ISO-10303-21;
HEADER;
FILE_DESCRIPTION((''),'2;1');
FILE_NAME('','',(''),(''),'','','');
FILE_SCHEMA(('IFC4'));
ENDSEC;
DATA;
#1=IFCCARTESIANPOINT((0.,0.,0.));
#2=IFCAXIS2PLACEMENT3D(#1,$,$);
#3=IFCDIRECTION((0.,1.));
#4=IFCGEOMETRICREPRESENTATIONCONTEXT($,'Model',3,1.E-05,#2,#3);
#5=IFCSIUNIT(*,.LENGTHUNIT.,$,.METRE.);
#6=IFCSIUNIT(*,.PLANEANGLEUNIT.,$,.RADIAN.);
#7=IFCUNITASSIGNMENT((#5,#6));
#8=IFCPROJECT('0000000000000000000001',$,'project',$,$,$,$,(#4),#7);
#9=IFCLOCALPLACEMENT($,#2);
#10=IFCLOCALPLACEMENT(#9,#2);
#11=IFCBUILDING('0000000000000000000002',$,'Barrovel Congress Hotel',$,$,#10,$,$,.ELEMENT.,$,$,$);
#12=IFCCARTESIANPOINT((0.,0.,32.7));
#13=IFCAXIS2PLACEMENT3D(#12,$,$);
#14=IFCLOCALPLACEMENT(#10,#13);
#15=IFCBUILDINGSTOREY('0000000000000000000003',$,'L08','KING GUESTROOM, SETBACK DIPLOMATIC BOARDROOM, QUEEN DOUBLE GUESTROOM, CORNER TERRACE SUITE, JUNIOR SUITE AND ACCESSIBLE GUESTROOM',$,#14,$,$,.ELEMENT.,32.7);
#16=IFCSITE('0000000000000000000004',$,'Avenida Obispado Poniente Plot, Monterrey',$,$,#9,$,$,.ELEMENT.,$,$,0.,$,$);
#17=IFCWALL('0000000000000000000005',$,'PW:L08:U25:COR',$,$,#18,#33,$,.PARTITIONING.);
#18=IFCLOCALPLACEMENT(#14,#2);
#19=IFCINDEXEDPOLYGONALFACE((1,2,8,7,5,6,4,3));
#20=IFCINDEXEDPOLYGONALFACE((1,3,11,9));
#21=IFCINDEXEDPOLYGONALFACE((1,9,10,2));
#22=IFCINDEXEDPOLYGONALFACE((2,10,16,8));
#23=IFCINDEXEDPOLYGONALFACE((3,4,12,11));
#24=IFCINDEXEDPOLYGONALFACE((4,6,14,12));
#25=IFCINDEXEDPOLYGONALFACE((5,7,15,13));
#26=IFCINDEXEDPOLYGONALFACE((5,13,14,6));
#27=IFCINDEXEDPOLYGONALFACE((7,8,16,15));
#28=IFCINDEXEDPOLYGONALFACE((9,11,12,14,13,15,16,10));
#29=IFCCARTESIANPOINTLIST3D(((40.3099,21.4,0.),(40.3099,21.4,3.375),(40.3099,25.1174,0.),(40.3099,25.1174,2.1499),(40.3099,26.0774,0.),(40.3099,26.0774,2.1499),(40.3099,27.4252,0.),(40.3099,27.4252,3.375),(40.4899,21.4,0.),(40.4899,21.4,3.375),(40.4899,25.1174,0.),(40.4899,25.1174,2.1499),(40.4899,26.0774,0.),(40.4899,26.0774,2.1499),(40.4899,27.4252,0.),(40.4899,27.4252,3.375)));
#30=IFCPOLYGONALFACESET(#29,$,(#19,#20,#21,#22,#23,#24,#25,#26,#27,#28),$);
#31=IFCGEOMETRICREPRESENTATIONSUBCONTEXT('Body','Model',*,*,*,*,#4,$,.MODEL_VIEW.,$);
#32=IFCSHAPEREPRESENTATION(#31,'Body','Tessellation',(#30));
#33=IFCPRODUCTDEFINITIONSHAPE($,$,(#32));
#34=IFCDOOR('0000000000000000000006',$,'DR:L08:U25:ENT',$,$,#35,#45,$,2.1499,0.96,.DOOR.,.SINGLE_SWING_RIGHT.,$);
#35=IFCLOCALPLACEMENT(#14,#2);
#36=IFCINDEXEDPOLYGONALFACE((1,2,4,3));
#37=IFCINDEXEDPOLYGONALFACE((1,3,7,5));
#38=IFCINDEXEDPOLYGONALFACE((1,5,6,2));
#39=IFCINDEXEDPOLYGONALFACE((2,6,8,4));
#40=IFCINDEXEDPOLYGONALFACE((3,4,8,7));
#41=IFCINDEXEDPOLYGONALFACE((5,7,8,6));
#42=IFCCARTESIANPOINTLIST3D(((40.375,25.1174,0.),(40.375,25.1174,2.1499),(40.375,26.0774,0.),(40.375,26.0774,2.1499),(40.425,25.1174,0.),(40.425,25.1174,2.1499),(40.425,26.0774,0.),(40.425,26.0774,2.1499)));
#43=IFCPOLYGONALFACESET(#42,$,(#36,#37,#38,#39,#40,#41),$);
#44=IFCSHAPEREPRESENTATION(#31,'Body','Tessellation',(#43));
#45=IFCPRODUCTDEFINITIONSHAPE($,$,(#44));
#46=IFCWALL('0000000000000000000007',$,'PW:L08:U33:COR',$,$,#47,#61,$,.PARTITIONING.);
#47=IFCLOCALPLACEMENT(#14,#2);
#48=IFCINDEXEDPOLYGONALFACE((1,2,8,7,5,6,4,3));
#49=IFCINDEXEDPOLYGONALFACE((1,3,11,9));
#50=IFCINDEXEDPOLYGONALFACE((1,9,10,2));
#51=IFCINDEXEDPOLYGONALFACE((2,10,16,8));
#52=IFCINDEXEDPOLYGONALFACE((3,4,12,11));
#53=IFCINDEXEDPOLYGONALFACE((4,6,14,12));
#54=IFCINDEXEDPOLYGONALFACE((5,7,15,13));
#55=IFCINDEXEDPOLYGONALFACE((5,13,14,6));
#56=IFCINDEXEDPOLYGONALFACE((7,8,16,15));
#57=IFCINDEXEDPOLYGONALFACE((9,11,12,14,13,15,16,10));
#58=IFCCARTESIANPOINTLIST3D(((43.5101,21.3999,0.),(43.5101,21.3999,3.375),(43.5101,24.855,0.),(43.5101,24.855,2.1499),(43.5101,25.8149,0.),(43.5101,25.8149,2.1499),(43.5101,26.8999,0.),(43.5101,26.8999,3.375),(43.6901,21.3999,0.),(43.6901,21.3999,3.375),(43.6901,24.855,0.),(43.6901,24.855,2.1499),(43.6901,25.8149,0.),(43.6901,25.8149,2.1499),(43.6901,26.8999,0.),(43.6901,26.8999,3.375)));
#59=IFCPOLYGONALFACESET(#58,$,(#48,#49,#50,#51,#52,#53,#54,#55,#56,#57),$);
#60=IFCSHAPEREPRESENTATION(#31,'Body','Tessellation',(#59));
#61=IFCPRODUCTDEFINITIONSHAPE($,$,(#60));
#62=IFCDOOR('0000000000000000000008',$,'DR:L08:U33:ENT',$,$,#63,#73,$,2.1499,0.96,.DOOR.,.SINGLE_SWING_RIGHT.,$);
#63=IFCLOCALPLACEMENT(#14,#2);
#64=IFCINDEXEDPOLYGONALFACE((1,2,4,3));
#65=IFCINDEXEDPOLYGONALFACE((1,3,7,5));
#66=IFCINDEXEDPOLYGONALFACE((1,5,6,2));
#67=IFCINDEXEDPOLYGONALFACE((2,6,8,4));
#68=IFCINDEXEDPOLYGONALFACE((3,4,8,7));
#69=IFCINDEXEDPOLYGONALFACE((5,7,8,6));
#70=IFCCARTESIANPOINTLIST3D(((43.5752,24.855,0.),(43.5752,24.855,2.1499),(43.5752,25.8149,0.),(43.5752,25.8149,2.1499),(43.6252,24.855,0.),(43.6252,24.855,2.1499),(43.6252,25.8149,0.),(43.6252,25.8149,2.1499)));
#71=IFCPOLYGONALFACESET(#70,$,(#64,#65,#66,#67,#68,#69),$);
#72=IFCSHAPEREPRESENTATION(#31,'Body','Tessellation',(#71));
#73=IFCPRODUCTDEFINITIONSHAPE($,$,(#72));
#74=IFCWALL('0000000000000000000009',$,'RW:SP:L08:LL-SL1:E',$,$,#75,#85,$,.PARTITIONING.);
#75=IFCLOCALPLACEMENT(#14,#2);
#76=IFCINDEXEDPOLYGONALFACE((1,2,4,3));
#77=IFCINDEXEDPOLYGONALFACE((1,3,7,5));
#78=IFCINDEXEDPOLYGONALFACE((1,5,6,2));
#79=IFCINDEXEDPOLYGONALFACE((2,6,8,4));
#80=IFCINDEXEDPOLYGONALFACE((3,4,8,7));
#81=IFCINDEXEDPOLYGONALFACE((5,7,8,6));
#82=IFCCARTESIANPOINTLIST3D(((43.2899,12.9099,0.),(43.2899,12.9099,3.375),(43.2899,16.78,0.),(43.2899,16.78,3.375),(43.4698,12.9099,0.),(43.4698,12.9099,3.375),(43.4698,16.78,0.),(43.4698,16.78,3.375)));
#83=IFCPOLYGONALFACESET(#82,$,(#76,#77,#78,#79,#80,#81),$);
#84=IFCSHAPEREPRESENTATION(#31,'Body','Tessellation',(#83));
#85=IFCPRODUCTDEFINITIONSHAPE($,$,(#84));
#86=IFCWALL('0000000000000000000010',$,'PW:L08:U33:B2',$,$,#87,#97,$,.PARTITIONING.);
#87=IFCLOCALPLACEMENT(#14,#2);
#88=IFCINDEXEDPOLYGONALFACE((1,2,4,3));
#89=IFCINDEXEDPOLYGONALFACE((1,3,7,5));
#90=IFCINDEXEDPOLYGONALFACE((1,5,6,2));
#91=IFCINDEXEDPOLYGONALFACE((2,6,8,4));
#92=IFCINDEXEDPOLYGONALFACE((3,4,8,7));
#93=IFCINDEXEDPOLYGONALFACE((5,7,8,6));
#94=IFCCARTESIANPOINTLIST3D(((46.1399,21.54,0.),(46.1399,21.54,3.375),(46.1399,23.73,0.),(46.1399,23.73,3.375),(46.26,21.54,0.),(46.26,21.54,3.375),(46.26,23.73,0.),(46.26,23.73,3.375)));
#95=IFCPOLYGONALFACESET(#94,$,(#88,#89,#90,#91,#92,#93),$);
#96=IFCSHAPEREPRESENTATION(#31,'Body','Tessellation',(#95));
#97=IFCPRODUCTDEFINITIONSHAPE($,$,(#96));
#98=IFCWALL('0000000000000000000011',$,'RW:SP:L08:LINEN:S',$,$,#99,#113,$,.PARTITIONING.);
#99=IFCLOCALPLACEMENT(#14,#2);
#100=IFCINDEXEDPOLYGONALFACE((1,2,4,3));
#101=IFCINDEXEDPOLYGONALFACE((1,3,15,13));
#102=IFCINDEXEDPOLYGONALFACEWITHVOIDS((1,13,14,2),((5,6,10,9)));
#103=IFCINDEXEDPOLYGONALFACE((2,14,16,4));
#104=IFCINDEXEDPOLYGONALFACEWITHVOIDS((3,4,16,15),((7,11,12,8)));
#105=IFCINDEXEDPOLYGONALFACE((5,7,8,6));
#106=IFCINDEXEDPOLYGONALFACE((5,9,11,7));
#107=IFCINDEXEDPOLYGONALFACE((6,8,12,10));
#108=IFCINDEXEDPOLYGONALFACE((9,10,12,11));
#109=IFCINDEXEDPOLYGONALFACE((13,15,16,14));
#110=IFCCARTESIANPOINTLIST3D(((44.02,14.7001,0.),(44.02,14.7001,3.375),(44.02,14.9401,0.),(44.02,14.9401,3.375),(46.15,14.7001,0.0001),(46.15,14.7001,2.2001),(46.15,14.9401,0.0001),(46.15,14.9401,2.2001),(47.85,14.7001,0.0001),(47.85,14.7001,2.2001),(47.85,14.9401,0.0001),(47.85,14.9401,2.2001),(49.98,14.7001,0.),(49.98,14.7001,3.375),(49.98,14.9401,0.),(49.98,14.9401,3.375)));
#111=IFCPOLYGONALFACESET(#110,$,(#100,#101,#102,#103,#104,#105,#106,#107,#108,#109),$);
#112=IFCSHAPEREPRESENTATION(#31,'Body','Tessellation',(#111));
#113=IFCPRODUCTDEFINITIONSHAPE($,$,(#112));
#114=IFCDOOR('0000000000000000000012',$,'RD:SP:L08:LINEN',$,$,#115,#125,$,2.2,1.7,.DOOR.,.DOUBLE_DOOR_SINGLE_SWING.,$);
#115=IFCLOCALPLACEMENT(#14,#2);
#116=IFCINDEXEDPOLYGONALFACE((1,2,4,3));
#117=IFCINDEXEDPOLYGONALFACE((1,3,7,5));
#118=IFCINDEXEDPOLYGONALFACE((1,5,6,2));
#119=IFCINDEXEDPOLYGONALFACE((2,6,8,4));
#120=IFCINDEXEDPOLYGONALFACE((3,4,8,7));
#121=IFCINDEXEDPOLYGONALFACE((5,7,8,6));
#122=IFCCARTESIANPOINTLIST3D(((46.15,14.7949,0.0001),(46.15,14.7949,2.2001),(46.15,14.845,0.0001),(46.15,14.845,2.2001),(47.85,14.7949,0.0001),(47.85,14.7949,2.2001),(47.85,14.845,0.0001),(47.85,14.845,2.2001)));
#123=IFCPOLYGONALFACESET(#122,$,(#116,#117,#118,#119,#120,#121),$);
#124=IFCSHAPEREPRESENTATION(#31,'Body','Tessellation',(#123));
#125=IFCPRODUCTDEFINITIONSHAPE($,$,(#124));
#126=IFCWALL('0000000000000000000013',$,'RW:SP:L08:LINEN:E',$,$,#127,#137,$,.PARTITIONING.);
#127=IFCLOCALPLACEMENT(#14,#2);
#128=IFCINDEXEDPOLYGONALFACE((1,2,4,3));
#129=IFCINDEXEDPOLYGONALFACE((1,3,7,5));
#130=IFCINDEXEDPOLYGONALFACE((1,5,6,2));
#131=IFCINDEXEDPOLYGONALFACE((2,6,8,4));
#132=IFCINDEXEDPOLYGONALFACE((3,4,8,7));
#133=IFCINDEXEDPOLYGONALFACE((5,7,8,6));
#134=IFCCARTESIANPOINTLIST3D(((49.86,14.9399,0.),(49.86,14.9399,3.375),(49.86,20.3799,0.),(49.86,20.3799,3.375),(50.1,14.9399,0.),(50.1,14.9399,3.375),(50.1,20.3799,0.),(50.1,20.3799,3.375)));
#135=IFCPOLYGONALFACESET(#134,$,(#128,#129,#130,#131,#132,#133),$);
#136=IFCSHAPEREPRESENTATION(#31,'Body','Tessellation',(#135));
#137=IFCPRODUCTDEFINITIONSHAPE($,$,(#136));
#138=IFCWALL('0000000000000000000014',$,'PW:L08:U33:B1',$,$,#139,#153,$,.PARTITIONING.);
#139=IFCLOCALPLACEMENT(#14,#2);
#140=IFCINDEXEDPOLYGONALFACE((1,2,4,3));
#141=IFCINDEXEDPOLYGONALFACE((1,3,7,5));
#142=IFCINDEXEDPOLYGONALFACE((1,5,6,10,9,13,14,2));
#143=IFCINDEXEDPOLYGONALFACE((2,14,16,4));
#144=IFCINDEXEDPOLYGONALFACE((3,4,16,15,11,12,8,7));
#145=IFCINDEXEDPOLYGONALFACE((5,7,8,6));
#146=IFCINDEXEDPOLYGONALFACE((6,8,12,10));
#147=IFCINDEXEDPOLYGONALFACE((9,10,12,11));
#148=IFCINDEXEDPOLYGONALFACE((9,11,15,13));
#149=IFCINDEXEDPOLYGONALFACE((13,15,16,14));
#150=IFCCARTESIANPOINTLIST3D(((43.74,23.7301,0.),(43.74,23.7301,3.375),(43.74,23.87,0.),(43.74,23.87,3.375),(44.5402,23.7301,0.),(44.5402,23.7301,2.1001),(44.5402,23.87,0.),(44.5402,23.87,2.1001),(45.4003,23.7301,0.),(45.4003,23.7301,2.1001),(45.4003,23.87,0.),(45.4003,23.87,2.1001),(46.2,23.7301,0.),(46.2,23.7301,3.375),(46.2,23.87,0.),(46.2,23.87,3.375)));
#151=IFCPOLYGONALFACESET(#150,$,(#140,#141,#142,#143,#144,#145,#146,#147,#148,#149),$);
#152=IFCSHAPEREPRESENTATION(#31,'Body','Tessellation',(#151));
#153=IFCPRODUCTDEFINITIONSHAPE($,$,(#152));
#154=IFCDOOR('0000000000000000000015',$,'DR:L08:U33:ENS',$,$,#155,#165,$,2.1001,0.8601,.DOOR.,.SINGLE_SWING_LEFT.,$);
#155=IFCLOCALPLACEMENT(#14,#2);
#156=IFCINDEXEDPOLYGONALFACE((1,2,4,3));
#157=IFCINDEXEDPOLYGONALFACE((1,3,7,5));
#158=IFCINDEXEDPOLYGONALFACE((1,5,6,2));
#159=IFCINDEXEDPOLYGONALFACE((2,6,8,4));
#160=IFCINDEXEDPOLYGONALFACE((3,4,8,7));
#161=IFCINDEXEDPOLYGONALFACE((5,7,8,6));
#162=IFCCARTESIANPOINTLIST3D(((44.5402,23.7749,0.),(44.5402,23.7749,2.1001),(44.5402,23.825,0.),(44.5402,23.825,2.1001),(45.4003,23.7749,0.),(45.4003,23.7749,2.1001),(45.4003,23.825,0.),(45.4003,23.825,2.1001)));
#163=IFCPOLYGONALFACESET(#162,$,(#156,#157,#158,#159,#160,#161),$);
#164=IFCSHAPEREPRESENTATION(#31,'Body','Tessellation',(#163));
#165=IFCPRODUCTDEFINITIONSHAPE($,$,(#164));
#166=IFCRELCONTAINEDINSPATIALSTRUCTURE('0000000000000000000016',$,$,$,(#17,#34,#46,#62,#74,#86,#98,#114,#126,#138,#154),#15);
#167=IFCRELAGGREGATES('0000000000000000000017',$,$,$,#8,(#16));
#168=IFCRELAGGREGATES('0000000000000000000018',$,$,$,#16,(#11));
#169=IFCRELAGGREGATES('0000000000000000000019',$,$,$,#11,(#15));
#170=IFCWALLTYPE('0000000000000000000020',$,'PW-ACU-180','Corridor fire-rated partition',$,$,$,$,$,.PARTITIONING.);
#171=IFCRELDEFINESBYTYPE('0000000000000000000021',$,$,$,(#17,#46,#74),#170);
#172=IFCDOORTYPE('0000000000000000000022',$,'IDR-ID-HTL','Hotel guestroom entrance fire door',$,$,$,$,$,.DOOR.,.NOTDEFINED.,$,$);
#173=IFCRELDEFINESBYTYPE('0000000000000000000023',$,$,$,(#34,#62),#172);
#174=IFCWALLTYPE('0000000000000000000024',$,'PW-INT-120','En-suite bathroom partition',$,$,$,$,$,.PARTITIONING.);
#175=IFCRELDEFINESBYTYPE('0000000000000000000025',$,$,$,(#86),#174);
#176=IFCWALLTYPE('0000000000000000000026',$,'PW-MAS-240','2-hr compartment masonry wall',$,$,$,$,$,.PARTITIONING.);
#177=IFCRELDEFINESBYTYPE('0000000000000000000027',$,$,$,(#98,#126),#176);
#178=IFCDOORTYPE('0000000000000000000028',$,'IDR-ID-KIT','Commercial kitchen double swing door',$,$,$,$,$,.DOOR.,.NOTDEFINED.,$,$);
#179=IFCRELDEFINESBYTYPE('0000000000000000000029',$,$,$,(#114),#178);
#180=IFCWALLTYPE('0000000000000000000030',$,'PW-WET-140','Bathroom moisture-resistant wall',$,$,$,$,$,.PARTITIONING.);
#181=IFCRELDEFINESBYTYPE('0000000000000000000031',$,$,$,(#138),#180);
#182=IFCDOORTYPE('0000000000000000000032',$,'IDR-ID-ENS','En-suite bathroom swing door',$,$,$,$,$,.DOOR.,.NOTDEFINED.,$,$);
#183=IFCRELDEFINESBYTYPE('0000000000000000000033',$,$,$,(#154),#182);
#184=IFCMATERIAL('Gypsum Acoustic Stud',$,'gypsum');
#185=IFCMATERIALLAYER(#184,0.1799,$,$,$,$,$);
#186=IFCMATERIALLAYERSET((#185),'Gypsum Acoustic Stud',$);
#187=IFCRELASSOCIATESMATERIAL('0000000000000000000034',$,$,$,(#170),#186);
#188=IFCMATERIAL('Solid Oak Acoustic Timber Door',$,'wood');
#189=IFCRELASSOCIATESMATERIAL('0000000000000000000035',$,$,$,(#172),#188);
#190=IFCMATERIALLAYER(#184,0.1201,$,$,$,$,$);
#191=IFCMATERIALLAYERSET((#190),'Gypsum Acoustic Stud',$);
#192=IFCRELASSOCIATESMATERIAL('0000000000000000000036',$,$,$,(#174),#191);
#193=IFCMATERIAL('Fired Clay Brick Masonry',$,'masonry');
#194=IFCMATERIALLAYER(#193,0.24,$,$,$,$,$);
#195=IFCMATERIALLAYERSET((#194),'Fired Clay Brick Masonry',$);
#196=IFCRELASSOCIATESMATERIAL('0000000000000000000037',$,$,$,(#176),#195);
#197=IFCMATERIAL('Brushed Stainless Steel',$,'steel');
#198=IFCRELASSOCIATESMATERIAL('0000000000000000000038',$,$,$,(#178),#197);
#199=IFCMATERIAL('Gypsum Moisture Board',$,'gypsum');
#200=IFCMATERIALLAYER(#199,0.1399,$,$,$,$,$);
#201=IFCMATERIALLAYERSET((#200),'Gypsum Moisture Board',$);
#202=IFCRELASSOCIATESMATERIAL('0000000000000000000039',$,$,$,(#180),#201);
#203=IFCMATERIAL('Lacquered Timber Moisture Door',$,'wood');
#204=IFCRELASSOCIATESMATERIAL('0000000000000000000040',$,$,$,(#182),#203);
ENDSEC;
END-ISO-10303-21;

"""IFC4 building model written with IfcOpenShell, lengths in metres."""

from ifc_helpers import new_model, si_unit, direction, frame, frame_2d, origin, place, context, subcontext, project, spatial, rectangle, extrude, material, layer, layer_set, type_object, element, fill, save


model = new_model("IFC4")

# Units and contexts
model_context = context("Model", 3, precision=1e-05, world=origin(), true_north=direction((0.0, 1.0)))
body_context = subcontext(model_context, "Body", "Model", "MODEL_VIEW")
ifc_project = project(units=[si_unit("LENGTHUNIT", "METRE"), si_unit("PLANEANGLEUNIT", "RADIAN")], contexts=[model_context])

# Site, building, storey
site_placement = place(None, origin())
site = spatial("IfcSite", under=ifc_project, at=site_placement, Name="Avenida Obispado Poniente Plot, Monterrey", CompositionType="ELEMENT", RefElevation=0.0)
building_placement = place(site_placement, origin())
building = spatial("IfcBuilding", under=site, at=building_placement, Name="Barrovel Congress Hotel", CompositionType="ELEMENT")
storey_placement = place(building_placement, frame((0.0, 0.0, 32.7)))
storey = spatial("IfcBuildingStorey", under=building, at=storey_placement, Name="L08", Description="KING GUESTROOM, SETBACK DIPLOMATIC BOARDROOM, QUEEN DOUBLE GUESTROOM, CORNER TERRACE SUITE, JUNIOR SUITE AND ACCESSIBLE GUESTROOM", CompositionType="ELEMENT", Elevation=32.7)

# Shared definitions
ifc_material_1 = material(Name="Fired Clay Brick Masonry", Category="masonry")

# Walls, openings, doors
ifc_material_2 = material(Name="Gypsum Acoustic Stud", Category="gypsum")
ifc_layer_1 = layer(ifc_material_2, 0.1799)
ifc_layer_set_1 = layer_set([ifc_layer_1], Name="Gypsum Acoustic Stud")
wall_type_1 = type_object("IfcWallType", Name="PW-ACU-180", Description="Corridor fire-rated partition", PredefinedType="PARTITIONING", material=ifc_layer_set_1)
wall_1_placement = place(storey_placement, frame((40.3999, 21.3999, 0.0), z_axis=(0.0, 0.0, 1.0), x_axis=(0.0, 1.0, 0.0)))
wall_1 = element("IfcWall", 1, at=wall_1_placement, inside=storey, type_object=wall_type_1, Name="PW:L08:U25:COR", PredefinedType="PARTITIONING", context=body_context, shape_type="SweptSolid", body=[
    extrude(rectangle(XDim=6.0251, YDim=0.1799, at=frame_2d((3.0127, 0.0))), origin(), (0.0, 0.0, 1.0), 3.375),
])
opening_1_placement = place(wall_1_placement, frame((3.7175, 0.0, 0.0)))
opening_1 = element("IfcOpeningElement", 2, at=opening_1_placement, cuts=wall_1, PredefinedType="OPENING", context=body_context, shape_type="SweptSolid", body=[
    extrude(rectangle(XDim=0.96, YDim=2.1499, at=frame_2d((0.48, 1.075))), frame((0.0, 0.1001, 0.0), z_axis=(0.0, -1.0, 0.0), x_axis=(1.0, 0.0, 0.0)), (0.0, 0.0, 1.0), 0.2),
])
ifc_material_3 = material(Name="Solid Oak Acoustic Timber Door", Category="wood")
door_type_1 = type_object("IfcDoorType", Name="IDR-ID-HTL", Description="Hotel guestroom entrance fire door", OperationType="NOTDEFINED", PredefinedType="DOOR", material=ifc_material_3)
door_1_placement = place(opening_1_placement, origin())
door_1 = element("IfcDoor", 3, at=door_1_placement, inside=storey, type_object=door_type_1, Name="DR:L08:U25:ENT", OperationType="SINGLE_SWING_RIGHT", OverallHeight=2.1499, OverallWidth=0.96, PredefinedType="DOOR", context=body_context, shape_type="SweptSolid", body=[
    extrude(rectangle(XDim=0.96, YDim=2.1499, at=frame_2d((0.48, 1.075))), frame((0.0, 0.0249, 0.0), z_axis=(0.0, -1.0, 0.0), x_axis=(1.0, 0.0, 0.0)), (0.0, 0.0, 1.0), 0.05),
])
fill(opening_1, door_1)
wall_2_placement = place(storey_placement, frame((43.6001, 21.3999, 0.0), z_axis=(0.0, 0.0, 1.0), x_axis=(0.0, 1.0, 0.0)))
wall_2 = element("IfcWall", 4, at=wall_2_placement, inside=storey, type_object=wall_type_1, Name="PW:L08:U33:COR", PredefinedType="PARTITIONING", context=body_context, shape_type="SweptSolid", body=[
    extrude(rectangle(XDim=5.5, YDim=0.1799, at=frame_2d((2.75, 0.0))), origin(), (0.0, 0.0, 1.0), 3.375),
])
opening_2_placement = place(wall_2_placement, frame((3.4551, 0.0, 0.0)))
opening_2 = element("IfcOpeningElement", 5, at=opening_2_placement, cuts=wall_2, PredefinedType="OPENING", context=body_context, shape_type="SweptSolid", body=[
    extrude(rectangle(XDim=0.96, YDim=2.1499, at=frame_2d((0.48, 1.075))), frame((0.0, 0.1001, 0.0), z_axis=(0.0, -1.0, 0.0), x_axis=(1.0, 0.0, 0.0)), (0.0, 0.0, 1.0), 0.2),
])
door_2_placement = place(opening_2_placement, origin())
door_2 = element("IfcDoor", 6, at=door_2_placement, inside=storey, type_object=door_type_1, Name="DR:L08:U33:ENT", OperationType="SINGLE_SWING_RIGHT", OverallHeight=2.1499, OverallWidth=0.96, PredefinedType="DOOR", context=body_context, shape_type="SweptSolid", body=[
    extrude(rectangle(XDim=0.96, YDim=2.1499, at=frame_2d((0.48, 1.075))), frame((0.0, 0.0249, 0.0), z_axis=(0.0, -1.0, 0.0), x_axis=(1.0, 0.0, 0.0)), (0.0, 0.0, 1.0), 0.05),
])
fill(opening_2, door_2)

# Walls
wall_3_placement = place(storey_placement, frame((43.3799, 12.9099, 0.0), z_axis=(0.0, 0.0, 1.0), x_axis=(0.0, 1.0, 0.0)))
element("IfcWall", 7, at=wall_3_placement, inside=storey, type_object=wall_type_1, Name="RW:SP:L08:LL-SL1:E", PredefinedType="PARTITIONING", context=body_context, shape_type="SweptSolid", body=[
    extrude(rectangle(XDim=3.8701, YDim=0.1799, at=frame_2d((1.9351, 0.0))), origin(), (0.0, 0.0, 1.0), 3.375),
])
ifc_layer_2 = layer(ifc_material_2, 0.1201)
ifc_layer_set_2 = layer_set([ifc_layer_2], Name="Gypsum Acoustic Stud")
wall_type_2 = type_object("IfcWallType", Name="PW-INT-120", Description="En-suite bathroom partition", PredefinedType="PARTITIONING", material=ifc_layer_set_2)
wall_4_placement = place(storey_placement, frame((46.2, 21.54, 0.0), z_axis=(0.0, 0.0, 1.0), x_axis=(0.0, 1.0, 0.0)))
element("IfcWall", 8, at=wall_4_placement, inside=storey, type_object=wall_type_2, Name="PW:L08:U33:B2", PredefinedType="PARTITIONING", context=body_context, shape_type="SweptSolid", body=[
    extrude(rectangle(XDim=2.1899, YDim=0.1201, at=frame_2d((1.095, 0.0))), origin(), (0.0, 0.0, 1.0), 3.375),
])

# Wall, opening, door
ifc_layer_3 = layer(ifc_material_1, 0.24)
ifc_layer_set_3 = layer_set([ifc_layer_3], Name="Fired Clay Brick Masonry")
wall_type_3 = type_object("IfcWallType", Name="PW-MAS-240", Description="2-hr compartment masonry wall", PredefinedType="PARTITIONING", material=ifc_layer_set_3)
wall_5_placement = place(storey_placement, frame((44.02, 14.8201, 0.0), z_axis=(0.0, 0.0, 1.0), x_axis=(1.0, 0.0, 0.0)))
wall_5 = element("IfcWall", 9, at=wall_5_placement, inside=storey, type_object=wall_type_3, Name="RW:SP:L08:LINEN:S", PredefinedType="PARTITIONING", context=body_context, shape_type="SweptSolid", body=[
    extrude(rectangle(XDim=5.96, YDim=0.24, at=frame_2d((2.98, 0.0))), origin(), (0.0, 0.0, 1.0), 3.375),
])
opening_3_placement = place(wall_5_placement, frame((2.1299, 0.0, 0.0)))
opening_3 = element("IfcOpeningElement", 10, at=opening_3_placement, cuts=wall_5, PredefinedType="OPENING", context=body_context, shape_type="SweptSolid", body=[
    extrude(rectangle(XDim=1.7, YDim=2.2, at=frame_2d((0.8501, 1.1001))), frame((0.0, 0.1299, 0.0), z_axis=(0.0, -1.0, 0.0), x_axis=(1.0, 0.0, 0.0)), (0.0, 0.0, 1.0), 0.26),
])
ifc_material_4 = material(Name="Brushed Stainless Steel", Category="steel")
door_type_2 = type_object("IfcDoorType", Name="IDR-ID-KIT", Description="Commercial kitchen double swing door", OperationType="NOTDEFINED", PredefinedType="DOOR", material=ifc_material_4)
door_3_placement = place(opening_3_placement, origin())
door_3 = element("IfcDoor", 11, at=door_3_placement, inside=storey, type_object=door_type_2, Name="RD:SP:L08:LINEN", OperationType="DOUBLE_DOOR_SINGLE_SWING", OverallHeight=2.2, OverallWidth=1.7, PredefinedType="DOOR", context=body_context, shape_type="SweptSolid", body=[
    extrude(rectangle(XDim=1.7, YDim=2.2, at=frame_2d((0.8501, 1.1001))), frame((0.0, 0.0249, 0.0), z_axis=(0.0, -1.0, 0.0), x_axis=(1.0, 0.0, 0.0)), (0.0, 0.0, 1.0), 0.05),
])
fill(opening_3, door_3)

# Wall
wall_6_placement = place(storey_placement, frame((49.98, 14.9399, 0.0), z_axis=(0.0, 0.0, 1.0), x_axis=(0.0, 1.0, 0.0)))
element("IfcWall", 12, at=wall_6_placement, inside=storey, type_object=wall_type_3, Name="RW:SP:L08:LINEN:E", PredefinedType="PARTITIONING", context=body_context, shape_type="SweptSolid", body=[
    extrude(rectangle(XDim=5.4399, YDim=0.24, at=frame_2d((2.72, 0.0))), origin(), (0.0, 0.0, 1.0), 3.375),
])

# Wall, opening, door
ifc_material_5 = material(Name="Gypsum Moisture Board", Category="gypsum")
ifc_layer_4 = layer(ifc_material_5, 0.1399)
ifc_layer_set_4 = layer_set([ifc_layer_4], Name="Gypsum Moisture Board")
wall_type_4 = type_object("IfcWallType", Name="PW-WET-140", Description="Bathroom moisture-resistant wall", PredefinedType="PARTITIONING", material=ifc_layer_set_4)
wall_7_placement = place(storey_placement, frame((43.74, 23.8, 0.0), z_axis=(0.0, 0.0, 1.0), x_axis=(1.0, 0.0, 0.0)))
wall_7 = element("IfcWall", 13, at=wall_7_placement, inside=storey, type_object=wall_type_4, Name="PW:L08:U33:B1", PredefinedType="PARTITIONING", context=body_context, shape_type="SweptSolid", body=[
    extrude(rectangle(XDim=2.46, YDim=0.1399, at=frame_2d((1.23, 0.0))), origin(), (0.0, 0.0, 1.0), 3.375),
])
opening_4_placement = place(wall_7_placement, frame((0.8, 0.0, 0.0)))
opening_4 = element("IfcOpeningElement", 14, at=opening_4_placement, cuts=wall_7, PredefinedType="OPENING", context=body_context, shape_type="SweptSolid", body=[
    extrude(rectangle(XDim=0.8601, YDim=2.1001, at=frame_2d((0.4302, 1.05))), frame((0.0, 0.0801, 0.0), z_axis=(0.0, -1.0, 0.0), x_axis=(1.0, 0.0, 0.0)), (0.0, 0.0, 1.0), 0.1599),
])
ifc_material_6 = material(Name="Lacquered Timber Moisture Door", Category="wood")
door_type_3 = type_object("IfcDoorType", Name="IDR-ID-ENS", Description="En-suite bathroom swing door", OperationType="NOTDEFINED", PredefinedType="DOOR", material=ifc_material_6)
door_4_placement = place(opening_4_placement, origin())
door_4 = element("IfcDoor", 15, at=door_4_placement, inside=storey, type_object=door_type_3, Name="DR:L08:U33:ENS", OperationType="SINGLE_SWING_LEFT", OverallHeight=2.1001, OverallWidth=0.8601, PredefinedType="DOOR", context=body_context, shape_type="SweptSolid", body=[
    extrude(rectangle(XDim=0.8601, YDim=2.1001, at=frame_2d((0.4302, 1.05))), frame((0.0, 0.0249, 0.0), z_axis=(0.0, -1.0, 0.0), x_axis=(1.0, 0.0, 0.0)), (0.0, 0.0, 1.0), 0.05),
])
fill(opening_4, door_4)

save(model, "model.ifc")
